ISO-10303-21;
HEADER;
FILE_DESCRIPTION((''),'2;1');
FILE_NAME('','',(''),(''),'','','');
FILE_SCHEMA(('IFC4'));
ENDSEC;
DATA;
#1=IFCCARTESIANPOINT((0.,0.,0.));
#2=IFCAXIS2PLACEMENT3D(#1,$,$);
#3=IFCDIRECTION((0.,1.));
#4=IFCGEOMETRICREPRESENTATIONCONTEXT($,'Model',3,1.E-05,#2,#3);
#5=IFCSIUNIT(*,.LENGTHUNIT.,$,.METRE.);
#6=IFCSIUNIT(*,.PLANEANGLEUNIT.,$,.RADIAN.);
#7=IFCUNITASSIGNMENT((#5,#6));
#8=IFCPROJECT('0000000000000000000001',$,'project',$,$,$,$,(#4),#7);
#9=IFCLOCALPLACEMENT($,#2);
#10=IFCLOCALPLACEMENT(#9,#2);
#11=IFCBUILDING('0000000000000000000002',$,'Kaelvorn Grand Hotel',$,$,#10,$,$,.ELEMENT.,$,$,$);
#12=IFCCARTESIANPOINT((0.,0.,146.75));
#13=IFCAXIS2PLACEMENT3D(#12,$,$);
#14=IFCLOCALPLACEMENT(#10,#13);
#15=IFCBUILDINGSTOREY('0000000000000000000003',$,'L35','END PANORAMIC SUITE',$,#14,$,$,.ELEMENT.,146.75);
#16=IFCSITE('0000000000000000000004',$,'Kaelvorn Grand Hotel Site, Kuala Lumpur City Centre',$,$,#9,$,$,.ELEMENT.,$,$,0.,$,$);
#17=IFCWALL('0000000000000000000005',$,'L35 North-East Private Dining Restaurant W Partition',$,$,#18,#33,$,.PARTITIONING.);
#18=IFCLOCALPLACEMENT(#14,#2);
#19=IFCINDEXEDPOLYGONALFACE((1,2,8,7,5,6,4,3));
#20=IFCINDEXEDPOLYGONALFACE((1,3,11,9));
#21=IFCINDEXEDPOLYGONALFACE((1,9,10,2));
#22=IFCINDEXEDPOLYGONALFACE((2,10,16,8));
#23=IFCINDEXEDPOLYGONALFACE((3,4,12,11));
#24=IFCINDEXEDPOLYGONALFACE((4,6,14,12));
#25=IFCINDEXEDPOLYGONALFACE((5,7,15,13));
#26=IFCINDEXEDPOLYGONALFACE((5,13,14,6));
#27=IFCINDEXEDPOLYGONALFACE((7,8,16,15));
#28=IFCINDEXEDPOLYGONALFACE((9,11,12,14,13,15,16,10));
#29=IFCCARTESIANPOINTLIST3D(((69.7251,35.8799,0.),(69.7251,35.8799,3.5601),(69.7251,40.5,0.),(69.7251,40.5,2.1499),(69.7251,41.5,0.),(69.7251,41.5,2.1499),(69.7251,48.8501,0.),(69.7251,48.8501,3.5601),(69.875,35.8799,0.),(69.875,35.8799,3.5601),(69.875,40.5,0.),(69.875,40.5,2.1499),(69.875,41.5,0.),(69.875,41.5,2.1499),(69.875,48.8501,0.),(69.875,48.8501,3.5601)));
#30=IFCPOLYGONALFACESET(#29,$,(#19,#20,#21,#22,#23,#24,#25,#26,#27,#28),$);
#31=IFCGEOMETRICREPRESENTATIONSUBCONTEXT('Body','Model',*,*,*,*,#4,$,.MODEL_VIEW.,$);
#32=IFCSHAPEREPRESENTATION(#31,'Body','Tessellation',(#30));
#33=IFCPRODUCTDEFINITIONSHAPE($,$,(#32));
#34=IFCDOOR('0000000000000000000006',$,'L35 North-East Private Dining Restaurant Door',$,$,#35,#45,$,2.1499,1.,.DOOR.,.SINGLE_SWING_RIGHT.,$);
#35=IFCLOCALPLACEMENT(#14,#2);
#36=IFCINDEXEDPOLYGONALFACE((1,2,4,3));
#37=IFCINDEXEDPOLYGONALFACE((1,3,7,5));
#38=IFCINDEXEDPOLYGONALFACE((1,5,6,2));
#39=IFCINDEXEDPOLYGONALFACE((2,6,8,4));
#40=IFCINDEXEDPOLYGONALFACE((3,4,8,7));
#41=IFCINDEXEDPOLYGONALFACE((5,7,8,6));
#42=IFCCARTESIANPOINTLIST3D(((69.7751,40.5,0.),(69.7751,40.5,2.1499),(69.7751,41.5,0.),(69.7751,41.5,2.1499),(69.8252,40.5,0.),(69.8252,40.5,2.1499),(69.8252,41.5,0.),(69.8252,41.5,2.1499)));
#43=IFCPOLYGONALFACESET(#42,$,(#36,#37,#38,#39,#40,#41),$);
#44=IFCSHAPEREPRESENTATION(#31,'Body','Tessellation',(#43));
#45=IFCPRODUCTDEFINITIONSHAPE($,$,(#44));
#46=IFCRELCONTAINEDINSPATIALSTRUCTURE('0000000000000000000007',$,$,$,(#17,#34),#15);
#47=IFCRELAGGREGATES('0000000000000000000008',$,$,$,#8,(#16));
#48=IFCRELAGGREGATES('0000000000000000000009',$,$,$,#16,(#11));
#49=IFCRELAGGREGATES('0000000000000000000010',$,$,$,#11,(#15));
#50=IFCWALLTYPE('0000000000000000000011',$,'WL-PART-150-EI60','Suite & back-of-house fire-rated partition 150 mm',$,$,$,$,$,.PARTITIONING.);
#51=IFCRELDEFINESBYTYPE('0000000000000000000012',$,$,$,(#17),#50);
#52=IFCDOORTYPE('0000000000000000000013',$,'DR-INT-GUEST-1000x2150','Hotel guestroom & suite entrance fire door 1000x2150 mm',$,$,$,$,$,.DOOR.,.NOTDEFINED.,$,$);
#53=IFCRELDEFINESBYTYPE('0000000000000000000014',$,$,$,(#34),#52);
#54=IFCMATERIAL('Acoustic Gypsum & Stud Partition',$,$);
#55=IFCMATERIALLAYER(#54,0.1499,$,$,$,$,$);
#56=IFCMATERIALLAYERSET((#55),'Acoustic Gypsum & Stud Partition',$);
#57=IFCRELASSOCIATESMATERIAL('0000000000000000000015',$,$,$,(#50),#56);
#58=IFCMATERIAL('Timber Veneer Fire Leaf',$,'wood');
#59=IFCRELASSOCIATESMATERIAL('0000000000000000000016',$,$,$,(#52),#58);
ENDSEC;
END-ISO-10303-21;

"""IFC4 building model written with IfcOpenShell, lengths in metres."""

from ifc_helpers import new_model, si_unit, direction, frame, frame_2d, origin, place, context, subcontext, project, spatial, rectangle, extrude, material, layer, layer_set, type_object, element, fill, save


model = new_model("IFC4")

# Units and contexts
model_context = context("Model", 3, precision=1e-05, world=origin(), true_north=direction((0.0, 1.0)))
body_context = subcontext(model_context, "Body", "Model", "MODEL_VIEW")
ifc_project = project(units=[si_unit("LENGTHUNIT", "METRE"), si_unit("PLANEANGLEUNIT", "RADIAN")], contexts=[model_context])

# Site, building, storey
site_placement = place(None, origin())
site = spatial("IfcSite", under=ifc_project, at=site_placement, Name="Kaelvorn Grand Hotel Site, Kuala Lumpur City Centre", CompositionType="ELEMENT", RefElevation=0.0)
building_placement = place(site_placement, origin())
building = spatial("IfcBuilding", under=site, at=building_placement, Name="Kaelvorn Grand Hotel", CompositionType="ELEMENT")
storey_placement = place(building_placement, frame((0.0, 0.0, 146.75)))
storey = spatial("IfcBuildingStorey", under=building, at=storey_placement, Name="L35", Description="END PANORAMIC SUITE", CompositionType="ELEMENT", Elevation=146.75)

# Wall, opening, door
ifc_material_1 = material(Name="Acoustic Gypsum & Stud Partition")
ifc_layer_1 = layer(ifc_material_1, 0.1499)
ifc_layer_set_1 = layer_set([ifc_layer_1], Name="Acoustic Gypsum & Stud Partition")
wall_type = type_object("IfcWallType", Name="WL-PART-150-EI60", Description="Suite & back-of-house fire-rated partition 150 mm", PredefinedType="PARTITIONING", material=ifc_layer_set_1)
wall_placement = place(storey_placement, frame((69.8, 35.8799, 0.0), z_axis=(0.0, 0.0, 1.0), x_axis=(0.0, 1.0, 0.0)))
wall = element("IfcWall", 1, at=wall_placement, inside=storey, type_object=wall_type, Name="L35 North-East Private Dining Restaurant W Partition", PredefinedType="PARTITIONING", context=body_context, shape_type="SweptSolid", body=[
    extrude(rectangle(XDim=12.9702, YDim=0.1499, at=frame_2d((6.4851, 0.0))), origin(), (0.0, 0.0, 1.0), 3.5601),
])
opening_placement = place(wall_placement, frame((4.6201, 0.0, 0.0)))
opening = element("IfcOpeningElement", 2, at=opening_placement, cuts=wall, PredefinedType="OPENING", context=body_context, shape_type="SweptSolid", body=[
    extrude(rectangle(XDim=1.0, YDim=2.1499, at=frame_2d((0.5, 1.075))), frame((0.0, 0.085, 0.0), z_axis=(0.0, -1.0, 0.0), x_axis=(1.0, 0.0, 0.0)), (0.0, 0.0, 1.0), 0.1699),
])
ifc_material_2 = material(Name="Timber Veneer Fire Leaf", Category="wood")
door_type = type_object("IfcDoorType", Name="DR-INT-GUEST-1000x2150", Description="Hotel guestroom & suite entrance fire door 1000x2150 mm", OperationType="NOTDEFINED", PredefinedType="DOOR", material=ifc_material_2)
door_placement = place(opening_placement, origin())
door = element("IfcDoor", 3, at=door_placement, inside=storey, type_object=door_type, Name="L35 North-East Private Dining Restaurant Door", OperationType="SINGLE_SWING_RIGHT", OverallHeight=2.1499, OverallWidth=1.0, PredefinedType="DOOR", context=body_context, shape_type="SweptSolid", body=[
    extrude(rectangle(XDim=1.0, YDim=2.1499, at=frame_2d((0.5, 1.075))), frame((0.0, 0.0249, 0.0), z_axis=(0.0, -1.0, 0.0), x_axis=(1.0, 0.0, 0.0)), (0.0, 0.0, 1.0), 0.05),
])
fill(opening, door)

save(model, "model.ifc")
